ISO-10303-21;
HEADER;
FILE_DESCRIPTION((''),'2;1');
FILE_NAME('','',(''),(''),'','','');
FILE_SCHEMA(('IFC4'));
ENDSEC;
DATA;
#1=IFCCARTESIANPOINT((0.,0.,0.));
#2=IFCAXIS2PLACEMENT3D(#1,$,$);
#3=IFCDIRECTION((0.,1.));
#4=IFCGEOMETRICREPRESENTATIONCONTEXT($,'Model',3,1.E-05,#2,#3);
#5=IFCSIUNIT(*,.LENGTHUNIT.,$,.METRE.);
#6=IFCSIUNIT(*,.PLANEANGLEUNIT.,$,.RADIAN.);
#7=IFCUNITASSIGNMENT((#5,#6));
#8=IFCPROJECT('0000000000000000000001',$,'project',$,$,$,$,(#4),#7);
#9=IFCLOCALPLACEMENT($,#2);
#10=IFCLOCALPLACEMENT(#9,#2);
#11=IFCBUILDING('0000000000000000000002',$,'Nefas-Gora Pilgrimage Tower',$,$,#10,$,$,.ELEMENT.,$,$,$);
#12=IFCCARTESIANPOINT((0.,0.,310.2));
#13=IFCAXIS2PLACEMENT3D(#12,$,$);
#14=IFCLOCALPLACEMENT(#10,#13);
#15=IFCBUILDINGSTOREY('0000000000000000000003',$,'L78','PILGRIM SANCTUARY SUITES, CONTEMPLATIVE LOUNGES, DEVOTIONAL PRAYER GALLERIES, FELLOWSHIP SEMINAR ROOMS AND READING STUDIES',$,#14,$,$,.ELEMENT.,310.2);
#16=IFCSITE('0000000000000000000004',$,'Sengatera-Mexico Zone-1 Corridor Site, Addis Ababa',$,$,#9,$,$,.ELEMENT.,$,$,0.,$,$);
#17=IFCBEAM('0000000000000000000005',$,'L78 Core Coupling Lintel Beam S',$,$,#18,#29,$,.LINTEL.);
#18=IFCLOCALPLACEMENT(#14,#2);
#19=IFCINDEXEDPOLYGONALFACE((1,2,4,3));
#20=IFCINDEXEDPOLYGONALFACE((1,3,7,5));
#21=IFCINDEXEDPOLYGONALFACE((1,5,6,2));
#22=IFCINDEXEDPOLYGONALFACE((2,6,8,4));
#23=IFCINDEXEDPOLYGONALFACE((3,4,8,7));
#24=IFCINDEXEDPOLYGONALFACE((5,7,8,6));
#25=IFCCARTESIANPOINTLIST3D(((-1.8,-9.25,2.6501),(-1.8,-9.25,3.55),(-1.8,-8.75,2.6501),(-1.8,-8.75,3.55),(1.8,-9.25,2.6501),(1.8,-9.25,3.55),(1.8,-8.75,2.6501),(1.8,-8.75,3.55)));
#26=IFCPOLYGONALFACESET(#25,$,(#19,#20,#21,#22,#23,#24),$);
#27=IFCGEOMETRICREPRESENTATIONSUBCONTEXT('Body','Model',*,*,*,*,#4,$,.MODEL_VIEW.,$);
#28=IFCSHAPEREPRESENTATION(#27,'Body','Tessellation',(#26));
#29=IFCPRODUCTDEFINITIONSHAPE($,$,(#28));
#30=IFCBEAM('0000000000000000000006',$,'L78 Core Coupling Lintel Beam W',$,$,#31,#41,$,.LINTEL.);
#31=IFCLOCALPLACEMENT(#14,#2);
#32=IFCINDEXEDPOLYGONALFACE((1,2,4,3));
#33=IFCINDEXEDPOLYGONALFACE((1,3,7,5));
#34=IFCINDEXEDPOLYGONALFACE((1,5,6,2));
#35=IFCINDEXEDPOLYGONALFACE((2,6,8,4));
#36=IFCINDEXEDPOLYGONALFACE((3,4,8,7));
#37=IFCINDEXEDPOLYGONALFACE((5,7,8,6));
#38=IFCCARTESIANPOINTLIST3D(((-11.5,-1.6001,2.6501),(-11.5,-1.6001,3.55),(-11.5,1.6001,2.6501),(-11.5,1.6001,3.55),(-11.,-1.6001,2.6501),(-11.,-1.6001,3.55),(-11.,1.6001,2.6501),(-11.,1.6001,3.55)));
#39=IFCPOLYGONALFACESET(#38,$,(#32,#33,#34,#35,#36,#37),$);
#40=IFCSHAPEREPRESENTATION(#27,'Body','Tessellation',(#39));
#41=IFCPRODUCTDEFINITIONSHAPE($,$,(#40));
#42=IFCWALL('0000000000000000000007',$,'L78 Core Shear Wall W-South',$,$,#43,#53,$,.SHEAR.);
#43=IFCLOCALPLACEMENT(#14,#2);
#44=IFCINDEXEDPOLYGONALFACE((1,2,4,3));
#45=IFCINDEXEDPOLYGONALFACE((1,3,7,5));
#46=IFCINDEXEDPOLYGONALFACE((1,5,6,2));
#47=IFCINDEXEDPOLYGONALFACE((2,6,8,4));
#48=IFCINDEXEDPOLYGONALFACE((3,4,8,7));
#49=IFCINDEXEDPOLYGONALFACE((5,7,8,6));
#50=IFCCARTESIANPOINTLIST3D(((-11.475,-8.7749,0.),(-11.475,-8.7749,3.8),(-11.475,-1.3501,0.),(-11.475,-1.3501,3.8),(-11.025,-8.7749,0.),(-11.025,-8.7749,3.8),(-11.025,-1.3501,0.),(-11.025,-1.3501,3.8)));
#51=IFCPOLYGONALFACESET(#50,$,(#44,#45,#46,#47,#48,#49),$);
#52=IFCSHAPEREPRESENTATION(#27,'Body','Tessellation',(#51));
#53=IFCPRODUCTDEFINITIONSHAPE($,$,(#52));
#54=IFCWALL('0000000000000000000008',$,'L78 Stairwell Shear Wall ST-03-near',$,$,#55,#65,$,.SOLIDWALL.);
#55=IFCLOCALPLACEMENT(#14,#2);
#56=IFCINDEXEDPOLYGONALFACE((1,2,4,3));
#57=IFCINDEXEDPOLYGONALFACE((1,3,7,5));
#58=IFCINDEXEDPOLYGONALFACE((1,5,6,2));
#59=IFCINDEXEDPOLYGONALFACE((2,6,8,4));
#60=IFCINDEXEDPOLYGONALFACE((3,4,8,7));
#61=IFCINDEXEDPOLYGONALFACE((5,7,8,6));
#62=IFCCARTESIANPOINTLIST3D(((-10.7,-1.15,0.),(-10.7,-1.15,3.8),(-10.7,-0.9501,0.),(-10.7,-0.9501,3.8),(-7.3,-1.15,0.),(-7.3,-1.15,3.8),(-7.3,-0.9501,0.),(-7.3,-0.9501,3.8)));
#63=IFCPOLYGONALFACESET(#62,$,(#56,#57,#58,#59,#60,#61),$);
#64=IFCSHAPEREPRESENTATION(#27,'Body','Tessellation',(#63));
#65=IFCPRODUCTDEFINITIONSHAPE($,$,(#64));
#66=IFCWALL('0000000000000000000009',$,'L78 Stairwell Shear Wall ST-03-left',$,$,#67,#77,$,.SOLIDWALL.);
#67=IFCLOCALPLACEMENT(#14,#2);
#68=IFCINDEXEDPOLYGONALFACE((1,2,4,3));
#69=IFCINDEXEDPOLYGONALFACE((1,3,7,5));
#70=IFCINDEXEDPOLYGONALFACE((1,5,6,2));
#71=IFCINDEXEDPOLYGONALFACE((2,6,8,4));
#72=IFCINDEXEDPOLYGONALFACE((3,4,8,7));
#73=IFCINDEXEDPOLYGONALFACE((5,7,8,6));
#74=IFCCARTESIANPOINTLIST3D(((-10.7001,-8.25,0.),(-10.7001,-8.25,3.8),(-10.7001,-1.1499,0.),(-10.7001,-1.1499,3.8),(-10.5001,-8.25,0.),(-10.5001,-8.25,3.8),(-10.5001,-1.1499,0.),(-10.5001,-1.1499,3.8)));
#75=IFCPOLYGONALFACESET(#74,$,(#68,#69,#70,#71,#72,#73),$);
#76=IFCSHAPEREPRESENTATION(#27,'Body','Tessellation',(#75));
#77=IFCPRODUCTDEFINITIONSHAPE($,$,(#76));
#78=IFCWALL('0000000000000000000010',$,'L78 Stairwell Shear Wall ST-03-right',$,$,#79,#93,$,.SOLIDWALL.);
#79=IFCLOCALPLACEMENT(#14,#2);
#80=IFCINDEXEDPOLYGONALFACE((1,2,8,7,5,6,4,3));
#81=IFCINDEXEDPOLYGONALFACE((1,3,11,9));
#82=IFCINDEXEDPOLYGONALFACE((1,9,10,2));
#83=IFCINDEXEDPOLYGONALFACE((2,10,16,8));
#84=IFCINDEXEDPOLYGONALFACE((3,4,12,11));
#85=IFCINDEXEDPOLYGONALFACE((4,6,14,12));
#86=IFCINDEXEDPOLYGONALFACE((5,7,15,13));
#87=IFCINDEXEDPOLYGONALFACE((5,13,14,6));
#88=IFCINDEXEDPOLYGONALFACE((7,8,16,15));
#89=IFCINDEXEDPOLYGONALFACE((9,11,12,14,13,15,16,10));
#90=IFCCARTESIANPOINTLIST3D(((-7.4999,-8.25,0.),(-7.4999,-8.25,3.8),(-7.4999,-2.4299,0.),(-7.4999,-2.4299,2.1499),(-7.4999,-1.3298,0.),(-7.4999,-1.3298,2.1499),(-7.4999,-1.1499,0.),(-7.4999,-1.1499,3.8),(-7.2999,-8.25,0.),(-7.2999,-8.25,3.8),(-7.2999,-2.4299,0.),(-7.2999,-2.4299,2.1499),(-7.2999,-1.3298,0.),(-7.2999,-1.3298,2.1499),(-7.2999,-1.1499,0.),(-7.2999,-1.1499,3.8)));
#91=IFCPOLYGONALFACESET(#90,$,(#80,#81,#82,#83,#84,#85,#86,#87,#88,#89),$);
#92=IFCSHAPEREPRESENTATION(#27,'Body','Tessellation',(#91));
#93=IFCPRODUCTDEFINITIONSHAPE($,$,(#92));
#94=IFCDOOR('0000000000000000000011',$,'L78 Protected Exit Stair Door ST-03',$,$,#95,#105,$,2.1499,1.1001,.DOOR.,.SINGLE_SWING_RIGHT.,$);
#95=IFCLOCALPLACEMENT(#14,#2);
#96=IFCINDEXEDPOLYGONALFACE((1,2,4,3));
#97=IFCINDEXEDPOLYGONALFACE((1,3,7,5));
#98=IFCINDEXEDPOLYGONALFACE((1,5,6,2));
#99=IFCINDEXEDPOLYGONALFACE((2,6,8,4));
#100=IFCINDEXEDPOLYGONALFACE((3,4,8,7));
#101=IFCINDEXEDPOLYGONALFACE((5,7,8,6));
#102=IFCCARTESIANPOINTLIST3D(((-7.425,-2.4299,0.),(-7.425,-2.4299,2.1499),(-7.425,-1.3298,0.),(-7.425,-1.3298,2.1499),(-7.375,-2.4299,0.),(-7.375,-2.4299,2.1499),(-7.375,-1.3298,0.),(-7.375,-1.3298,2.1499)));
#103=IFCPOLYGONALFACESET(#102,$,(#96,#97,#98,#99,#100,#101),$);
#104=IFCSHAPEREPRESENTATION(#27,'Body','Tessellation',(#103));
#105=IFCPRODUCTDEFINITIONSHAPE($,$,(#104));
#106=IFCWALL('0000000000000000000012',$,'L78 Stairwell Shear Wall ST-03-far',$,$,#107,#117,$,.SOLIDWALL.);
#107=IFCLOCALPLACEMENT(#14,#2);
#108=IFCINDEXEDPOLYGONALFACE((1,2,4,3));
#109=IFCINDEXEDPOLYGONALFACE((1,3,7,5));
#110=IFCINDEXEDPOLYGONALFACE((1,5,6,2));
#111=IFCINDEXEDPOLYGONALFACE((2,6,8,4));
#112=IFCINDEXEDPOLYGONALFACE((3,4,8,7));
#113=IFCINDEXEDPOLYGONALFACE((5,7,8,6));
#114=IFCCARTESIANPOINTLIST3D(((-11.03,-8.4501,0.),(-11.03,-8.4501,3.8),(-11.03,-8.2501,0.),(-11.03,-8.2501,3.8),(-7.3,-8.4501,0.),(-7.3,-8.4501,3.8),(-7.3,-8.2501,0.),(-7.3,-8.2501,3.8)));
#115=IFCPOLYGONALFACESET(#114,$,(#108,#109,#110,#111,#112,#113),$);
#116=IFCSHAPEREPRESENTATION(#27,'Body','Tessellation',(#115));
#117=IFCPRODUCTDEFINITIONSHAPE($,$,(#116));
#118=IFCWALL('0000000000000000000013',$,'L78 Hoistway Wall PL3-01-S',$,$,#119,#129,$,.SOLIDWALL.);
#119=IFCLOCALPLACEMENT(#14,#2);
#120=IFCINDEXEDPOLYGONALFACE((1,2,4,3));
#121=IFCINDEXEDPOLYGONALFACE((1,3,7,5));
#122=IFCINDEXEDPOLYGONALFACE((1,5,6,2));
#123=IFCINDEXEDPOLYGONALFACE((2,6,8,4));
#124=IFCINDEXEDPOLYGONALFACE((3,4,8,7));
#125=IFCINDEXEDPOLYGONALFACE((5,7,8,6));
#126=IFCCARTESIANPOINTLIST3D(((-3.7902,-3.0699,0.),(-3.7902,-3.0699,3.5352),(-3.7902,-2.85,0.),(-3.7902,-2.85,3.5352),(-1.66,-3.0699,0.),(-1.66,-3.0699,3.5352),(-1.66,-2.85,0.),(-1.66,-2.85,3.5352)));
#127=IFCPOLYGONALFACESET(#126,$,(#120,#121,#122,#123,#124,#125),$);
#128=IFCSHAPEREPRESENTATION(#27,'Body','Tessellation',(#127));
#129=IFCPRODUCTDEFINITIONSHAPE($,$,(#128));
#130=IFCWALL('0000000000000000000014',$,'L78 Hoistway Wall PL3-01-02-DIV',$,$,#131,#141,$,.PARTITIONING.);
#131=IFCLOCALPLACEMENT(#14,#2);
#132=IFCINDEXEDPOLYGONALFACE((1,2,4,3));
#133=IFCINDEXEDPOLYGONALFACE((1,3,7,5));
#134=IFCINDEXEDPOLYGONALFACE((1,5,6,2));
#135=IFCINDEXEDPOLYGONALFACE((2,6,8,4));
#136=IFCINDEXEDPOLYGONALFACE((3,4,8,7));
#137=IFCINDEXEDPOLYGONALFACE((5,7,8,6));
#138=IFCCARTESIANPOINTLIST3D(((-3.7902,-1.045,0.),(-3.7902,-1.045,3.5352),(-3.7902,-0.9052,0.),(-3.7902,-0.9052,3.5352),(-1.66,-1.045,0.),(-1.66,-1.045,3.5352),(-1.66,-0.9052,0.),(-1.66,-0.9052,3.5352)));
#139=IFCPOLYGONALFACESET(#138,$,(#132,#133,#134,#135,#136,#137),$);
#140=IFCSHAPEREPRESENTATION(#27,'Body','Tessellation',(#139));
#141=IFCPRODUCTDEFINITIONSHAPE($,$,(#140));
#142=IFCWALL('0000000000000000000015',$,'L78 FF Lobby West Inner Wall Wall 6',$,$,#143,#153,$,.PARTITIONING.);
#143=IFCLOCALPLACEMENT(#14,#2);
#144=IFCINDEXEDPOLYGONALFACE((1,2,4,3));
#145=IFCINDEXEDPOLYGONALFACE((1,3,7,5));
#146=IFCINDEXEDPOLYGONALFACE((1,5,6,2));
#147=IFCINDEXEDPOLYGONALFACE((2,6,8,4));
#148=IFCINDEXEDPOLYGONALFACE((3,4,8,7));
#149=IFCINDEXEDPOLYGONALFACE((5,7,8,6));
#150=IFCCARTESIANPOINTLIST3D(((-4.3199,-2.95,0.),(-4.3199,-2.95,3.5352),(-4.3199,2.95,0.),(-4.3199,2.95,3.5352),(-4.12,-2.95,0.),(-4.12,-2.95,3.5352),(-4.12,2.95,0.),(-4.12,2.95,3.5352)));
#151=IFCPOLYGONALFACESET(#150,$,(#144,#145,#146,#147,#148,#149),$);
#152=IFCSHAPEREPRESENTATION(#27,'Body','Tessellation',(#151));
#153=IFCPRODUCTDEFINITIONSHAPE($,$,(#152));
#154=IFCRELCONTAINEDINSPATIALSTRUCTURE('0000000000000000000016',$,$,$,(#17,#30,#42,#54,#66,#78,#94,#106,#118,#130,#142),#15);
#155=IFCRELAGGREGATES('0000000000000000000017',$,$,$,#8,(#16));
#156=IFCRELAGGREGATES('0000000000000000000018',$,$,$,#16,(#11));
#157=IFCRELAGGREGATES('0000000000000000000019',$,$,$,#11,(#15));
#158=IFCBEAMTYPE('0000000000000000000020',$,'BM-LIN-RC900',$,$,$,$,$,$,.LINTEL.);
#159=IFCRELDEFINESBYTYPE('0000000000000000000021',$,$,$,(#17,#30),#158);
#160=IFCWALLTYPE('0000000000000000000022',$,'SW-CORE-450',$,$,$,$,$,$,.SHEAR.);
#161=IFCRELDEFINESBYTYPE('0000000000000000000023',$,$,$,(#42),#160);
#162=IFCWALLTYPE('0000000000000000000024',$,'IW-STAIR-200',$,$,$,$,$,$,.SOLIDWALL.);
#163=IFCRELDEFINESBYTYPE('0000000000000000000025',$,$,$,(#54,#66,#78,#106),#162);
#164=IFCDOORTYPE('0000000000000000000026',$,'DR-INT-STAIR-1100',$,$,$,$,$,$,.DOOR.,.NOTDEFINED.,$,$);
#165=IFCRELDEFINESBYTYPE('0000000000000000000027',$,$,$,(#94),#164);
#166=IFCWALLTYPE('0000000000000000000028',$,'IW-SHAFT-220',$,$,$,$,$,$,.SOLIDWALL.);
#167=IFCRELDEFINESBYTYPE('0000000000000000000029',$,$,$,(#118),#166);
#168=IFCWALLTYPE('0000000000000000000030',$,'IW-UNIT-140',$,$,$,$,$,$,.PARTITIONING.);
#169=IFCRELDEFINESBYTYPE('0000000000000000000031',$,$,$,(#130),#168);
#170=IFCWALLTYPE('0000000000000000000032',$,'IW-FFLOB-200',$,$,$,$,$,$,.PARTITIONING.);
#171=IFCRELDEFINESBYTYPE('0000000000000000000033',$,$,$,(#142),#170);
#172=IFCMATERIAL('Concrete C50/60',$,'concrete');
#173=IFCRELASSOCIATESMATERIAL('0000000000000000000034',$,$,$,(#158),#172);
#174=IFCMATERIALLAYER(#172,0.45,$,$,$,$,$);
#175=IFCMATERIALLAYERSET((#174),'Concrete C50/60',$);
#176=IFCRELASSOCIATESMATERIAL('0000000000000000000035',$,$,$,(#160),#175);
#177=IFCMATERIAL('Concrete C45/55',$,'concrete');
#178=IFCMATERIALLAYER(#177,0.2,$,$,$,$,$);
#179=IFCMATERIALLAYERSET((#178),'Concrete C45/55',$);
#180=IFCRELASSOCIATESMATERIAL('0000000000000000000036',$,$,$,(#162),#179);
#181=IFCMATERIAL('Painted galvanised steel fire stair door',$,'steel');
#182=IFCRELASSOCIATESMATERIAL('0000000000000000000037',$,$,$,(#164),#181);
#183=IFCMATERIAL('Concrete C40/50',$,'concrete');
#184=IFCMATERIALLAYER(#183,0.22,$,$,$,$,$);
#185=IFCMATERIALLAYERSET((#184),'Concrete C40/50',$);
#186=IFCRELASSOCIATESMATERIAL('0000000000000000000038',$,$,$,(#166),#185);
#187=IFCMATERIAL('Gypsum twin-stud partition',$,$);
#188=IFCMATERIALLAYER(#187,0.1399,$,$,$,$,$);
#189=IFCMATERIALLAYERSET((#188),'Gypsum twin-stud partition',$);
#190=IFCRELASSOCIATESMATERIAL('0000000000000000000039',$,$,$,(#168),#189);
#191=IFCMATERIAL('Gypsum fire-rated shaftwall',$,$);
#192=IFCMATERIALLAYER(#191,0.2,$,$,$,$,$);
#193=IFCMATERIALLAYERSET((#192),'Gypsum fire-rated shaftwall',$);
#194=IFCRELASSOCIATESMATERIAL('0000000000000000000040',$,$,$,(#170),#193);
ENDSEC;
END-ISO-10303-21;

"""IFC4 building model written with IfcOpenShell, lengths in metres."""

from ifc_helpers import new_model, si_unit, direction, frame, frame_2d, origin, origin_2d, place, context, subcontext, project, spatial, rectangle, extrude, source, transform, mapped, material, layer, layer_set, material_profile, profile_set, type_object, element, fill, save


model = new_model("IFC4")

# Units and contexts
model_context = context("Model", 3, precision=1e-05, world=origin(), true_north=direction((0.0, 1.0)))
body_context = subcontext(model_context, "Body", "Model", "MODEL_VIEW")
ifc_project = project(units=[si_unit("LENGTHUNIT", "METRE"), si_unit("PLANEANGLEUNIT", "RADIAN")], contexts=[model_context])

# Site, building, storey
site_placement = place(None, origin())
site = spatial("IfcSite", under=ifc_project, at=site_placement, Name="Sengatera-Mexico Zone-1 Corridor Site, Addis Ababa", CompositionType="ELEMENT", RefElevation=0.0)
building_placement = place(site_placement, origin())
building = spatial("IfcBuilding", under=site, at=building_placement, Name="Nefas-Gora Pilgrimage Tower", CompositionType="ELEMENT")
storey_placement = place(building_placement, frame((0.0, 0.0, 310.2)))
storey = spatial("IfcBuildingStorey", under=building, at=storey_placement, Name="L78", Description="PILGRIM SANCTUARY SUITES, CONTEMPLATIVE LOUNGES, DEVOTIONAL PRAYER GALLERIES, FELLOWSHIP SEMINAR ROOMS AND READING STUDIES", CompositionType="ELEMENT", Elevation=310.2)

# Beams
ifc_material_1 = material(Name="Concrete C50/60", Category="concrete")
ifc_material_profile = material_profile(ifc_material_1, rectangle(XDim=0.5, YDim=0.8999, at=origin_2d()), Name="RC 500x900")
ifc_profile_set = profile_set([ifc_material_profile], Name="Concrete C50/60")
beam_type = type_object("IfcBeamType", Name="BM-LIN-RC900", PredefinedType="LINTEL", material=ifc_profile_set)
shared_shape_1 = source(origin(), body_context, "Body", "SweptSolid", [
    extrude(rectangle(XDim=0.5, YDim=0.8999, at=origin_2d()), origin(), (0.0, 0.0, 1.0), 3.6001),
])
beam_1_placement = place(storey_placement, frame((-1.8, -9.0, 3.1001), z_axis=(1.0, 0.0, 0.0), x_axis=(0.0, 1.0, 0.0)))
element("IfcBeam", 1, at=beam_1_placement, inside=storey, type_object=beam_type, Name="L78 Core Coupling Lintel Beam S", PredefinedType="LINTEL", context=body_context, shape_type="MappedRepresentation", body=[
    mapped(shared_shape_1, transform((0.0, 0.0, 0.0), x_axis=(1.0, 0.0, 0.0), y_axis=(0.0, 1.0, 0.0), z_axis=(0.0, 0.0, 1.0), scale=1.0)),
])
shared_shape_2 = source(origin(), body_context, "Body", "SweptSolid", [
    extrude(rectangle(XDim=0.5, YDim=0.8999, at=origin_2d()), origin(), (0.0, 0.0, 1.0), 3.2002),
])
beam_2_placement = place(storey_placement, frame((-11.25, -1.6001, 3.1001), z_axis=(0.0, 1.0, 0.0), x_axis=(-1.0, 0.0, 0.0)))
element("IfcBeam", 2, at=beam_2_placement, inside=storey, type_object=beam_type, Name="L78 Core Coupling Lintel Beam W", PredefinedType="LINTEL", context=body_context, shape_type="MappedRepresentation", body=[
    mapped(shared_shape_2, transform((0.0, 0.0, 0.0), x_axis=(1.0, 0.0, 0.0), y_axis=(0.0, 1.0, 0.0), z_axis=(0.0, 0.0, 1.0), scale=1.0)),
])

# Walls
ifc_layer_1 = layer(ifc_material_1, 0.45)
ifc_layer_set_1 = layer_set([ifc_layer_1], Name="Concrete C50/60")
wall_type_1 = type_object("IfcWallType", Name="SW-CORE-450", PredefinedType="SHEAR", material=ifc_layer_set_1)
shared_shape_3 = source(origin(), body_context, "Body", "SweptSolid", [
    extrude(rectangle(XDim=7.4248, YDim=0.45, at=frame_2d((3.7124, 0.0))), origin(), (0.0, 0.0, 1.0), 3.8),
])
wall_1_placement = place(storey_placement, frame((-11.25, -8.7749, 0.0), z_axis=(0.0, 0.0, 1.0), x_axis=(0.0, 1.0, 0.0)))
element("IfcWall", 3, at=wall_1_placement, inside=storey, type_object=wall_type_1, Name="L78 Core Shear Wall W-South", PredefinedType="SHEAR", context=body_context, shape_type="MappedRepresentation", body=[
    mapped(shared_shape_3, transform((0.0, 0.0, 0.0), x_axis=(1.0, 0.0, 0.0), y_axis=(0.0, 1.0, 0.0), z_axis=(0.0, 0.0, 1.0), scale=1.0)),
])
ifc_material_2 = material(Name="Concrete C45/55", Category="concrete")
ifc_layer_2 = layer(ifc_material_2, 0.2)
ifc_layer_set_2 = layer_set([ifc_layer_2], Name="Concrete C45/55")
wall_type_2 = type_object("IfcWallType", Name="IW-STAIR-200", PredefinedType="SOLIDWALL", material=ifc_layer_set_2)
shared_shape_4 = source(origin(), body_context, "Body", "SweptSolid", [
    extrude(rectangle(XDim=3.3999, YDim=0.2, at=frame_2d((1.7, 0.0))), origin(), (0.0, 0.0, 1.0), 3.8),
])
wall_2_placement = place(storey_placement, frame((-10.7, -1.05, 0.0), z_axis=(0.0, 0.0, 1.0), x_axis=(1.0, 0.0, 0.0)))
element("IfcWall", 4, at=wall_2_placement, inside=storey, type_object=wall_type_2, Name="L78 Stairwell Shear Wall ST-03-near", PredefinedType="SOLIDWALL", context=body_context, shape_type="MappedRepresentation", body=[
    mapped(shared_shape_4, transform((0.0, 0.0, 0.0), x_axis=(1.0, 0.0, 0.0), y_axis=(0.0, 1.0, 0.0), z_axis=(0.0, 0.0, 1.0), scale=1.0)),
])
shared_shape_5 = source(origin(), body_context, "Body", "SweptSolid", [
    extrude(rectangle(XDim=7.1001, YDim=0.2, at=frame_2d((3.55, 0.0))), origin(), (0.0, 0.0, 1.0), 3.8),
])
wall_3_placement = place(storey_placement, frame((-10.6001, -1.1499, 0.0), z_axis=(0.0, 0.0, 1.0), x_axis=(0.0, -1.0, 0.0)))
element("IfcWall", 5, at=wall_3_placement, inside=storey, type_object=wall_type_2, Name="L78 Stairwell Shear Wall ST-03-left", PredefinedType="SOLIDWALL", context=body_context, shape_type="MappedRepresentation", body=[
    mapped(shared_shape_5, transform((0.0, 0.0, 0.0), x_axis=(1.0, 0.0, 0.0), y_axis=(0.0, 1.0, 0.0), z_axis=(0.0, 0.0, 1.0), scale=1.0)),
])

# Wall, opening, door
wall_4_placement = place(storey_placement, frame((-7.3999, -1.1499, 0.0), z_axis=(0.0, 0.0, 1.0), x_axis=(0.0, -1.0, 0.0)))
wall_4 = element("IfcWall", 6, at=wall_4_placement, inside=storey, type_object=wall_type_2, Name="L78 Stairwell Shear Wall ST-03-right", PredefinedType="SOLIDWALL", context=body_context, shape_type="MappedRepresentation", body=[
    mapped(shared_shape_5, transform((0.0, 0.0, 0.0), x_axis=(1.0, 0.0, 0.0), y_axis=(0.0, 1.0, 0.0), z_axis=(0.0, 0.0, 1.0), scale=1.0)),
])
opening_placement = place(wall_4_placement, frame((0.1799, 0.0, 0.0)))
opening = element("IfcOpeningElement", 7, at=opening_placement, cuts=wall_4, PredefinedType="OPENING", context=body_context, shape_type="SweptSolid", body=[
    extrude(rectangle(XDim=1.1001, YDim=2.1499, at=frame_2d((0.55, 1.075))), frame((0.0, 0.1099, 0.0), z_axis=(0.0, -1.0, 0.0), x_axis=(1.0, 0.0, 0.0)), (0.0, 0.0, 1.0), 0.22),
])
ifc_material_3 = material(Name="Painted galvanised steel fire stair door", Category="steel")
door_type = type_object("IfcDoorType", Name="DR-INT-STAIR-1100", OperationType="NOTDEFINED", PredefinedType="DOOR", material=ifc_material_3)
shared_shape_6 = source(origin(), body_context, "Body", "SweptSolid", [
    extrude(rectangle(XDim=1.1001, YDim=2.1499, at=frame_2d((0.55, 1.075))), frame((0.0, 0.0249, 0.0), z_axis=(0.0, -1.0, 0.0), x_axis=(1.0, 0.0, 0.0)), (0.0, 0.0, 1.0), 0.05),
])
door_placement = place(opening_placement, origin())
door = element("IfcDoor", 8, at=door_placement, inside=storey, type_object=door_type, Name="L78 Protected Exit Stair Door ST-03", OperationType="SINGLE_SWING_RIGHT", OverallHeight=2.1499, OverallWidth=1.1001, PredefinedType="DOOR", context=body_context, shape_type="MappedRepresentation", body=[
    mapped(shared_shape_6, transform((0.0, 0.0, 0.0), x_axis=(1.0, 0.0, 0.0), y_axis=(0.0, 1.0, 0.0), z_axis=(0.0, 0.0, 1.0), scale=1.0)),
])
fill(opening, door)

# Walls
shared_shape_7 = source(origin(), body_context, "Body", "SweptSolid", [
    extrude(rectangle(XDim=3.73, YDim=0.2, at=frame_2d((1.865, 0.0))), origin(), (0.0, 0.0, 1.0), 3.8),
])
wall_5_placement = place(storey_placement, frame((-11.03, -8.3501, 0.0), z_axis=(0.0, 0.0, 1.0), x_axis=(1.0, 0.0, 0.0)))
element("IfcWall", 9, at=wall_5_placement, inside=storey, type_object=wall_type_2, Name="L78 Stairwell Shear Wall ST-03-far", PredefinedType="SOLIDWALL", context=body_context, shape_type="MappedRepresentation", body=[
    mapped(shared_shape_7, transform((0.0, 0.0, 0.0), x_axis=(1.0, 0.0, 0.0), y_axis=(0.0, 1.0, 0.0), z_axis=(0.0, 0.0, 1.0), scale=1.0)),
])
ifc_material_4 = material(Name="Concrete C40/50", Category="concrete")
ifc_layer_3 = layer(ifc_material_4, 0.22)
ifc_layer_set_3 = layer_set([ifc_layer_3], Name="Concrete C40/50")
wall_type_3 = type_object("IfcWallType", Name="IW-SHAFT-220", PredefinedType="SOLIDWALL", material=ifc_layer_set_3)
shared_shape_8 = source(origin(), body_context, "Body", "SweptSolid", [
    extrude(rectangle(XDim=2.1301, YDim=0.22, at=frame_2d((1.0649, 0.0))), origin(), (0.0, 0.0, 1.0), 3.5352),
])
wall_6_placement = place(storey_placement, frame((-3.79, -2.96, 0.0), z_axis=(0.0, 0.0, 1.0), x_axis=(1.0, 0.0, 0.0)))
element("IfcWall", 10, at=wall_6_placement, inside=storey, type_object=wall_type_3, Name="L78 Hoistway Wall PL3-01-S", PredefinedType="SOLIDWALL", context=body_context, shape_type="MappedRepresentation", body=[
    mapped(shared_shape_8, transform((0.0, 0.0, 0.0), x_axis=(1.0, 0.0, 0.0), y_axis=(0.0, 1.0, 0.0), z_axis=(0.0, 0.0, 1.0), scale=1.0)),
])
ifc_material_5 = material(Name="Gypsum twin-stud partition")
ifc_layer_4 = layer(ifc_material_5, 0.1399)
ifc_layer_set_4 = layer_set([ifc_layer_4], Name="Gypsum twin-stud partition")
wall_type_4 = type_object("IfcWallType", Name="IW-UNIT-140", PredefinedType="PARTITIONING", material=ifc_layer_set_4)
shared_shape_9 = source(origin(), body_context, "Body", "SweptSolid", [
    extrude(rectangle(XDim=2.1301, YDim=0.1399, at=frame_2d((1.0649, 0.0))), origin(), (0.0, 0.0, 1.0), 3.5352),
])
wall_7_placement = place(storey_placement, frame((-3.79, -0.9751, 0.0), z_axis=(0.0, 0.0, 1.0), x_axis=(1.0, 0.0, 0.0)))
element("IfcWall", 11, at=wall_7_placement, inside=storey, type_object=wall_type_4, Name="L78 Hoistway Wall PL3-01-02-DIV", PredefinedType="PARTITIONING", context=body_context, shape_type="MappedRepresentation", body=[
    mapped(shared_shape_9, transform((0.0, 0.0, 0.0), x_axis=(1.0, 0.0, 0.0), y_axis=(0.0, 1.0, 0.0), z_axis=(0.0, 0.0, 1.0), scale=1.0)),
])
ifc_material_6 = material(Name="Gypsum fire-rated shaftwall")
ifc_layer_5 = layer(ifc_material_6, 0.2)
ifc_layer_set_5 = layer_set([ifc_layer_5], Name="Gypsum fire-rated shaftwall")
wall_type_5 = type_object("IfcWallType", Name="IW-FFLOB-200", PredefinedType="PARTITIONING", material=ifc_layer_set_5)
shared_shape_10 = source(origin(), body_context, "Body", "SweptSolid", [
    extrude(rectangle(XDim=5.8999, YDim=0.2, at=frame_2d((2.95, 0.0))), origin(), (0.0, 0.0, 1.0), 3.5352),
])
wall_8_placement = place(storey_placement, frame((-4.22, -2.95, 0.0), z_axis=(0.0, 0.0, 1.0), x_axis=(0.0, 1.0, 0.0)))
element("IfcWall", 12, at=wall_8_placement, inside=storey, type_object=wall_type_5, Name="L78 FF Lobby West Inner Wall Wall 6", PredefinedType="PARTITIONING", context=body_context, shape_type="MappedRepresentation", body=[
    mapped(shared_shape_10, transform((0.0, 0.0, 0.0), x_axis=(1.0, 0.0, 0.0), y_axis=(0.0, 1.0, 0.0), z_axis=(0.0, 0.0, 1.0), scale=1.0)),
])

save(model, "model.ifc")
